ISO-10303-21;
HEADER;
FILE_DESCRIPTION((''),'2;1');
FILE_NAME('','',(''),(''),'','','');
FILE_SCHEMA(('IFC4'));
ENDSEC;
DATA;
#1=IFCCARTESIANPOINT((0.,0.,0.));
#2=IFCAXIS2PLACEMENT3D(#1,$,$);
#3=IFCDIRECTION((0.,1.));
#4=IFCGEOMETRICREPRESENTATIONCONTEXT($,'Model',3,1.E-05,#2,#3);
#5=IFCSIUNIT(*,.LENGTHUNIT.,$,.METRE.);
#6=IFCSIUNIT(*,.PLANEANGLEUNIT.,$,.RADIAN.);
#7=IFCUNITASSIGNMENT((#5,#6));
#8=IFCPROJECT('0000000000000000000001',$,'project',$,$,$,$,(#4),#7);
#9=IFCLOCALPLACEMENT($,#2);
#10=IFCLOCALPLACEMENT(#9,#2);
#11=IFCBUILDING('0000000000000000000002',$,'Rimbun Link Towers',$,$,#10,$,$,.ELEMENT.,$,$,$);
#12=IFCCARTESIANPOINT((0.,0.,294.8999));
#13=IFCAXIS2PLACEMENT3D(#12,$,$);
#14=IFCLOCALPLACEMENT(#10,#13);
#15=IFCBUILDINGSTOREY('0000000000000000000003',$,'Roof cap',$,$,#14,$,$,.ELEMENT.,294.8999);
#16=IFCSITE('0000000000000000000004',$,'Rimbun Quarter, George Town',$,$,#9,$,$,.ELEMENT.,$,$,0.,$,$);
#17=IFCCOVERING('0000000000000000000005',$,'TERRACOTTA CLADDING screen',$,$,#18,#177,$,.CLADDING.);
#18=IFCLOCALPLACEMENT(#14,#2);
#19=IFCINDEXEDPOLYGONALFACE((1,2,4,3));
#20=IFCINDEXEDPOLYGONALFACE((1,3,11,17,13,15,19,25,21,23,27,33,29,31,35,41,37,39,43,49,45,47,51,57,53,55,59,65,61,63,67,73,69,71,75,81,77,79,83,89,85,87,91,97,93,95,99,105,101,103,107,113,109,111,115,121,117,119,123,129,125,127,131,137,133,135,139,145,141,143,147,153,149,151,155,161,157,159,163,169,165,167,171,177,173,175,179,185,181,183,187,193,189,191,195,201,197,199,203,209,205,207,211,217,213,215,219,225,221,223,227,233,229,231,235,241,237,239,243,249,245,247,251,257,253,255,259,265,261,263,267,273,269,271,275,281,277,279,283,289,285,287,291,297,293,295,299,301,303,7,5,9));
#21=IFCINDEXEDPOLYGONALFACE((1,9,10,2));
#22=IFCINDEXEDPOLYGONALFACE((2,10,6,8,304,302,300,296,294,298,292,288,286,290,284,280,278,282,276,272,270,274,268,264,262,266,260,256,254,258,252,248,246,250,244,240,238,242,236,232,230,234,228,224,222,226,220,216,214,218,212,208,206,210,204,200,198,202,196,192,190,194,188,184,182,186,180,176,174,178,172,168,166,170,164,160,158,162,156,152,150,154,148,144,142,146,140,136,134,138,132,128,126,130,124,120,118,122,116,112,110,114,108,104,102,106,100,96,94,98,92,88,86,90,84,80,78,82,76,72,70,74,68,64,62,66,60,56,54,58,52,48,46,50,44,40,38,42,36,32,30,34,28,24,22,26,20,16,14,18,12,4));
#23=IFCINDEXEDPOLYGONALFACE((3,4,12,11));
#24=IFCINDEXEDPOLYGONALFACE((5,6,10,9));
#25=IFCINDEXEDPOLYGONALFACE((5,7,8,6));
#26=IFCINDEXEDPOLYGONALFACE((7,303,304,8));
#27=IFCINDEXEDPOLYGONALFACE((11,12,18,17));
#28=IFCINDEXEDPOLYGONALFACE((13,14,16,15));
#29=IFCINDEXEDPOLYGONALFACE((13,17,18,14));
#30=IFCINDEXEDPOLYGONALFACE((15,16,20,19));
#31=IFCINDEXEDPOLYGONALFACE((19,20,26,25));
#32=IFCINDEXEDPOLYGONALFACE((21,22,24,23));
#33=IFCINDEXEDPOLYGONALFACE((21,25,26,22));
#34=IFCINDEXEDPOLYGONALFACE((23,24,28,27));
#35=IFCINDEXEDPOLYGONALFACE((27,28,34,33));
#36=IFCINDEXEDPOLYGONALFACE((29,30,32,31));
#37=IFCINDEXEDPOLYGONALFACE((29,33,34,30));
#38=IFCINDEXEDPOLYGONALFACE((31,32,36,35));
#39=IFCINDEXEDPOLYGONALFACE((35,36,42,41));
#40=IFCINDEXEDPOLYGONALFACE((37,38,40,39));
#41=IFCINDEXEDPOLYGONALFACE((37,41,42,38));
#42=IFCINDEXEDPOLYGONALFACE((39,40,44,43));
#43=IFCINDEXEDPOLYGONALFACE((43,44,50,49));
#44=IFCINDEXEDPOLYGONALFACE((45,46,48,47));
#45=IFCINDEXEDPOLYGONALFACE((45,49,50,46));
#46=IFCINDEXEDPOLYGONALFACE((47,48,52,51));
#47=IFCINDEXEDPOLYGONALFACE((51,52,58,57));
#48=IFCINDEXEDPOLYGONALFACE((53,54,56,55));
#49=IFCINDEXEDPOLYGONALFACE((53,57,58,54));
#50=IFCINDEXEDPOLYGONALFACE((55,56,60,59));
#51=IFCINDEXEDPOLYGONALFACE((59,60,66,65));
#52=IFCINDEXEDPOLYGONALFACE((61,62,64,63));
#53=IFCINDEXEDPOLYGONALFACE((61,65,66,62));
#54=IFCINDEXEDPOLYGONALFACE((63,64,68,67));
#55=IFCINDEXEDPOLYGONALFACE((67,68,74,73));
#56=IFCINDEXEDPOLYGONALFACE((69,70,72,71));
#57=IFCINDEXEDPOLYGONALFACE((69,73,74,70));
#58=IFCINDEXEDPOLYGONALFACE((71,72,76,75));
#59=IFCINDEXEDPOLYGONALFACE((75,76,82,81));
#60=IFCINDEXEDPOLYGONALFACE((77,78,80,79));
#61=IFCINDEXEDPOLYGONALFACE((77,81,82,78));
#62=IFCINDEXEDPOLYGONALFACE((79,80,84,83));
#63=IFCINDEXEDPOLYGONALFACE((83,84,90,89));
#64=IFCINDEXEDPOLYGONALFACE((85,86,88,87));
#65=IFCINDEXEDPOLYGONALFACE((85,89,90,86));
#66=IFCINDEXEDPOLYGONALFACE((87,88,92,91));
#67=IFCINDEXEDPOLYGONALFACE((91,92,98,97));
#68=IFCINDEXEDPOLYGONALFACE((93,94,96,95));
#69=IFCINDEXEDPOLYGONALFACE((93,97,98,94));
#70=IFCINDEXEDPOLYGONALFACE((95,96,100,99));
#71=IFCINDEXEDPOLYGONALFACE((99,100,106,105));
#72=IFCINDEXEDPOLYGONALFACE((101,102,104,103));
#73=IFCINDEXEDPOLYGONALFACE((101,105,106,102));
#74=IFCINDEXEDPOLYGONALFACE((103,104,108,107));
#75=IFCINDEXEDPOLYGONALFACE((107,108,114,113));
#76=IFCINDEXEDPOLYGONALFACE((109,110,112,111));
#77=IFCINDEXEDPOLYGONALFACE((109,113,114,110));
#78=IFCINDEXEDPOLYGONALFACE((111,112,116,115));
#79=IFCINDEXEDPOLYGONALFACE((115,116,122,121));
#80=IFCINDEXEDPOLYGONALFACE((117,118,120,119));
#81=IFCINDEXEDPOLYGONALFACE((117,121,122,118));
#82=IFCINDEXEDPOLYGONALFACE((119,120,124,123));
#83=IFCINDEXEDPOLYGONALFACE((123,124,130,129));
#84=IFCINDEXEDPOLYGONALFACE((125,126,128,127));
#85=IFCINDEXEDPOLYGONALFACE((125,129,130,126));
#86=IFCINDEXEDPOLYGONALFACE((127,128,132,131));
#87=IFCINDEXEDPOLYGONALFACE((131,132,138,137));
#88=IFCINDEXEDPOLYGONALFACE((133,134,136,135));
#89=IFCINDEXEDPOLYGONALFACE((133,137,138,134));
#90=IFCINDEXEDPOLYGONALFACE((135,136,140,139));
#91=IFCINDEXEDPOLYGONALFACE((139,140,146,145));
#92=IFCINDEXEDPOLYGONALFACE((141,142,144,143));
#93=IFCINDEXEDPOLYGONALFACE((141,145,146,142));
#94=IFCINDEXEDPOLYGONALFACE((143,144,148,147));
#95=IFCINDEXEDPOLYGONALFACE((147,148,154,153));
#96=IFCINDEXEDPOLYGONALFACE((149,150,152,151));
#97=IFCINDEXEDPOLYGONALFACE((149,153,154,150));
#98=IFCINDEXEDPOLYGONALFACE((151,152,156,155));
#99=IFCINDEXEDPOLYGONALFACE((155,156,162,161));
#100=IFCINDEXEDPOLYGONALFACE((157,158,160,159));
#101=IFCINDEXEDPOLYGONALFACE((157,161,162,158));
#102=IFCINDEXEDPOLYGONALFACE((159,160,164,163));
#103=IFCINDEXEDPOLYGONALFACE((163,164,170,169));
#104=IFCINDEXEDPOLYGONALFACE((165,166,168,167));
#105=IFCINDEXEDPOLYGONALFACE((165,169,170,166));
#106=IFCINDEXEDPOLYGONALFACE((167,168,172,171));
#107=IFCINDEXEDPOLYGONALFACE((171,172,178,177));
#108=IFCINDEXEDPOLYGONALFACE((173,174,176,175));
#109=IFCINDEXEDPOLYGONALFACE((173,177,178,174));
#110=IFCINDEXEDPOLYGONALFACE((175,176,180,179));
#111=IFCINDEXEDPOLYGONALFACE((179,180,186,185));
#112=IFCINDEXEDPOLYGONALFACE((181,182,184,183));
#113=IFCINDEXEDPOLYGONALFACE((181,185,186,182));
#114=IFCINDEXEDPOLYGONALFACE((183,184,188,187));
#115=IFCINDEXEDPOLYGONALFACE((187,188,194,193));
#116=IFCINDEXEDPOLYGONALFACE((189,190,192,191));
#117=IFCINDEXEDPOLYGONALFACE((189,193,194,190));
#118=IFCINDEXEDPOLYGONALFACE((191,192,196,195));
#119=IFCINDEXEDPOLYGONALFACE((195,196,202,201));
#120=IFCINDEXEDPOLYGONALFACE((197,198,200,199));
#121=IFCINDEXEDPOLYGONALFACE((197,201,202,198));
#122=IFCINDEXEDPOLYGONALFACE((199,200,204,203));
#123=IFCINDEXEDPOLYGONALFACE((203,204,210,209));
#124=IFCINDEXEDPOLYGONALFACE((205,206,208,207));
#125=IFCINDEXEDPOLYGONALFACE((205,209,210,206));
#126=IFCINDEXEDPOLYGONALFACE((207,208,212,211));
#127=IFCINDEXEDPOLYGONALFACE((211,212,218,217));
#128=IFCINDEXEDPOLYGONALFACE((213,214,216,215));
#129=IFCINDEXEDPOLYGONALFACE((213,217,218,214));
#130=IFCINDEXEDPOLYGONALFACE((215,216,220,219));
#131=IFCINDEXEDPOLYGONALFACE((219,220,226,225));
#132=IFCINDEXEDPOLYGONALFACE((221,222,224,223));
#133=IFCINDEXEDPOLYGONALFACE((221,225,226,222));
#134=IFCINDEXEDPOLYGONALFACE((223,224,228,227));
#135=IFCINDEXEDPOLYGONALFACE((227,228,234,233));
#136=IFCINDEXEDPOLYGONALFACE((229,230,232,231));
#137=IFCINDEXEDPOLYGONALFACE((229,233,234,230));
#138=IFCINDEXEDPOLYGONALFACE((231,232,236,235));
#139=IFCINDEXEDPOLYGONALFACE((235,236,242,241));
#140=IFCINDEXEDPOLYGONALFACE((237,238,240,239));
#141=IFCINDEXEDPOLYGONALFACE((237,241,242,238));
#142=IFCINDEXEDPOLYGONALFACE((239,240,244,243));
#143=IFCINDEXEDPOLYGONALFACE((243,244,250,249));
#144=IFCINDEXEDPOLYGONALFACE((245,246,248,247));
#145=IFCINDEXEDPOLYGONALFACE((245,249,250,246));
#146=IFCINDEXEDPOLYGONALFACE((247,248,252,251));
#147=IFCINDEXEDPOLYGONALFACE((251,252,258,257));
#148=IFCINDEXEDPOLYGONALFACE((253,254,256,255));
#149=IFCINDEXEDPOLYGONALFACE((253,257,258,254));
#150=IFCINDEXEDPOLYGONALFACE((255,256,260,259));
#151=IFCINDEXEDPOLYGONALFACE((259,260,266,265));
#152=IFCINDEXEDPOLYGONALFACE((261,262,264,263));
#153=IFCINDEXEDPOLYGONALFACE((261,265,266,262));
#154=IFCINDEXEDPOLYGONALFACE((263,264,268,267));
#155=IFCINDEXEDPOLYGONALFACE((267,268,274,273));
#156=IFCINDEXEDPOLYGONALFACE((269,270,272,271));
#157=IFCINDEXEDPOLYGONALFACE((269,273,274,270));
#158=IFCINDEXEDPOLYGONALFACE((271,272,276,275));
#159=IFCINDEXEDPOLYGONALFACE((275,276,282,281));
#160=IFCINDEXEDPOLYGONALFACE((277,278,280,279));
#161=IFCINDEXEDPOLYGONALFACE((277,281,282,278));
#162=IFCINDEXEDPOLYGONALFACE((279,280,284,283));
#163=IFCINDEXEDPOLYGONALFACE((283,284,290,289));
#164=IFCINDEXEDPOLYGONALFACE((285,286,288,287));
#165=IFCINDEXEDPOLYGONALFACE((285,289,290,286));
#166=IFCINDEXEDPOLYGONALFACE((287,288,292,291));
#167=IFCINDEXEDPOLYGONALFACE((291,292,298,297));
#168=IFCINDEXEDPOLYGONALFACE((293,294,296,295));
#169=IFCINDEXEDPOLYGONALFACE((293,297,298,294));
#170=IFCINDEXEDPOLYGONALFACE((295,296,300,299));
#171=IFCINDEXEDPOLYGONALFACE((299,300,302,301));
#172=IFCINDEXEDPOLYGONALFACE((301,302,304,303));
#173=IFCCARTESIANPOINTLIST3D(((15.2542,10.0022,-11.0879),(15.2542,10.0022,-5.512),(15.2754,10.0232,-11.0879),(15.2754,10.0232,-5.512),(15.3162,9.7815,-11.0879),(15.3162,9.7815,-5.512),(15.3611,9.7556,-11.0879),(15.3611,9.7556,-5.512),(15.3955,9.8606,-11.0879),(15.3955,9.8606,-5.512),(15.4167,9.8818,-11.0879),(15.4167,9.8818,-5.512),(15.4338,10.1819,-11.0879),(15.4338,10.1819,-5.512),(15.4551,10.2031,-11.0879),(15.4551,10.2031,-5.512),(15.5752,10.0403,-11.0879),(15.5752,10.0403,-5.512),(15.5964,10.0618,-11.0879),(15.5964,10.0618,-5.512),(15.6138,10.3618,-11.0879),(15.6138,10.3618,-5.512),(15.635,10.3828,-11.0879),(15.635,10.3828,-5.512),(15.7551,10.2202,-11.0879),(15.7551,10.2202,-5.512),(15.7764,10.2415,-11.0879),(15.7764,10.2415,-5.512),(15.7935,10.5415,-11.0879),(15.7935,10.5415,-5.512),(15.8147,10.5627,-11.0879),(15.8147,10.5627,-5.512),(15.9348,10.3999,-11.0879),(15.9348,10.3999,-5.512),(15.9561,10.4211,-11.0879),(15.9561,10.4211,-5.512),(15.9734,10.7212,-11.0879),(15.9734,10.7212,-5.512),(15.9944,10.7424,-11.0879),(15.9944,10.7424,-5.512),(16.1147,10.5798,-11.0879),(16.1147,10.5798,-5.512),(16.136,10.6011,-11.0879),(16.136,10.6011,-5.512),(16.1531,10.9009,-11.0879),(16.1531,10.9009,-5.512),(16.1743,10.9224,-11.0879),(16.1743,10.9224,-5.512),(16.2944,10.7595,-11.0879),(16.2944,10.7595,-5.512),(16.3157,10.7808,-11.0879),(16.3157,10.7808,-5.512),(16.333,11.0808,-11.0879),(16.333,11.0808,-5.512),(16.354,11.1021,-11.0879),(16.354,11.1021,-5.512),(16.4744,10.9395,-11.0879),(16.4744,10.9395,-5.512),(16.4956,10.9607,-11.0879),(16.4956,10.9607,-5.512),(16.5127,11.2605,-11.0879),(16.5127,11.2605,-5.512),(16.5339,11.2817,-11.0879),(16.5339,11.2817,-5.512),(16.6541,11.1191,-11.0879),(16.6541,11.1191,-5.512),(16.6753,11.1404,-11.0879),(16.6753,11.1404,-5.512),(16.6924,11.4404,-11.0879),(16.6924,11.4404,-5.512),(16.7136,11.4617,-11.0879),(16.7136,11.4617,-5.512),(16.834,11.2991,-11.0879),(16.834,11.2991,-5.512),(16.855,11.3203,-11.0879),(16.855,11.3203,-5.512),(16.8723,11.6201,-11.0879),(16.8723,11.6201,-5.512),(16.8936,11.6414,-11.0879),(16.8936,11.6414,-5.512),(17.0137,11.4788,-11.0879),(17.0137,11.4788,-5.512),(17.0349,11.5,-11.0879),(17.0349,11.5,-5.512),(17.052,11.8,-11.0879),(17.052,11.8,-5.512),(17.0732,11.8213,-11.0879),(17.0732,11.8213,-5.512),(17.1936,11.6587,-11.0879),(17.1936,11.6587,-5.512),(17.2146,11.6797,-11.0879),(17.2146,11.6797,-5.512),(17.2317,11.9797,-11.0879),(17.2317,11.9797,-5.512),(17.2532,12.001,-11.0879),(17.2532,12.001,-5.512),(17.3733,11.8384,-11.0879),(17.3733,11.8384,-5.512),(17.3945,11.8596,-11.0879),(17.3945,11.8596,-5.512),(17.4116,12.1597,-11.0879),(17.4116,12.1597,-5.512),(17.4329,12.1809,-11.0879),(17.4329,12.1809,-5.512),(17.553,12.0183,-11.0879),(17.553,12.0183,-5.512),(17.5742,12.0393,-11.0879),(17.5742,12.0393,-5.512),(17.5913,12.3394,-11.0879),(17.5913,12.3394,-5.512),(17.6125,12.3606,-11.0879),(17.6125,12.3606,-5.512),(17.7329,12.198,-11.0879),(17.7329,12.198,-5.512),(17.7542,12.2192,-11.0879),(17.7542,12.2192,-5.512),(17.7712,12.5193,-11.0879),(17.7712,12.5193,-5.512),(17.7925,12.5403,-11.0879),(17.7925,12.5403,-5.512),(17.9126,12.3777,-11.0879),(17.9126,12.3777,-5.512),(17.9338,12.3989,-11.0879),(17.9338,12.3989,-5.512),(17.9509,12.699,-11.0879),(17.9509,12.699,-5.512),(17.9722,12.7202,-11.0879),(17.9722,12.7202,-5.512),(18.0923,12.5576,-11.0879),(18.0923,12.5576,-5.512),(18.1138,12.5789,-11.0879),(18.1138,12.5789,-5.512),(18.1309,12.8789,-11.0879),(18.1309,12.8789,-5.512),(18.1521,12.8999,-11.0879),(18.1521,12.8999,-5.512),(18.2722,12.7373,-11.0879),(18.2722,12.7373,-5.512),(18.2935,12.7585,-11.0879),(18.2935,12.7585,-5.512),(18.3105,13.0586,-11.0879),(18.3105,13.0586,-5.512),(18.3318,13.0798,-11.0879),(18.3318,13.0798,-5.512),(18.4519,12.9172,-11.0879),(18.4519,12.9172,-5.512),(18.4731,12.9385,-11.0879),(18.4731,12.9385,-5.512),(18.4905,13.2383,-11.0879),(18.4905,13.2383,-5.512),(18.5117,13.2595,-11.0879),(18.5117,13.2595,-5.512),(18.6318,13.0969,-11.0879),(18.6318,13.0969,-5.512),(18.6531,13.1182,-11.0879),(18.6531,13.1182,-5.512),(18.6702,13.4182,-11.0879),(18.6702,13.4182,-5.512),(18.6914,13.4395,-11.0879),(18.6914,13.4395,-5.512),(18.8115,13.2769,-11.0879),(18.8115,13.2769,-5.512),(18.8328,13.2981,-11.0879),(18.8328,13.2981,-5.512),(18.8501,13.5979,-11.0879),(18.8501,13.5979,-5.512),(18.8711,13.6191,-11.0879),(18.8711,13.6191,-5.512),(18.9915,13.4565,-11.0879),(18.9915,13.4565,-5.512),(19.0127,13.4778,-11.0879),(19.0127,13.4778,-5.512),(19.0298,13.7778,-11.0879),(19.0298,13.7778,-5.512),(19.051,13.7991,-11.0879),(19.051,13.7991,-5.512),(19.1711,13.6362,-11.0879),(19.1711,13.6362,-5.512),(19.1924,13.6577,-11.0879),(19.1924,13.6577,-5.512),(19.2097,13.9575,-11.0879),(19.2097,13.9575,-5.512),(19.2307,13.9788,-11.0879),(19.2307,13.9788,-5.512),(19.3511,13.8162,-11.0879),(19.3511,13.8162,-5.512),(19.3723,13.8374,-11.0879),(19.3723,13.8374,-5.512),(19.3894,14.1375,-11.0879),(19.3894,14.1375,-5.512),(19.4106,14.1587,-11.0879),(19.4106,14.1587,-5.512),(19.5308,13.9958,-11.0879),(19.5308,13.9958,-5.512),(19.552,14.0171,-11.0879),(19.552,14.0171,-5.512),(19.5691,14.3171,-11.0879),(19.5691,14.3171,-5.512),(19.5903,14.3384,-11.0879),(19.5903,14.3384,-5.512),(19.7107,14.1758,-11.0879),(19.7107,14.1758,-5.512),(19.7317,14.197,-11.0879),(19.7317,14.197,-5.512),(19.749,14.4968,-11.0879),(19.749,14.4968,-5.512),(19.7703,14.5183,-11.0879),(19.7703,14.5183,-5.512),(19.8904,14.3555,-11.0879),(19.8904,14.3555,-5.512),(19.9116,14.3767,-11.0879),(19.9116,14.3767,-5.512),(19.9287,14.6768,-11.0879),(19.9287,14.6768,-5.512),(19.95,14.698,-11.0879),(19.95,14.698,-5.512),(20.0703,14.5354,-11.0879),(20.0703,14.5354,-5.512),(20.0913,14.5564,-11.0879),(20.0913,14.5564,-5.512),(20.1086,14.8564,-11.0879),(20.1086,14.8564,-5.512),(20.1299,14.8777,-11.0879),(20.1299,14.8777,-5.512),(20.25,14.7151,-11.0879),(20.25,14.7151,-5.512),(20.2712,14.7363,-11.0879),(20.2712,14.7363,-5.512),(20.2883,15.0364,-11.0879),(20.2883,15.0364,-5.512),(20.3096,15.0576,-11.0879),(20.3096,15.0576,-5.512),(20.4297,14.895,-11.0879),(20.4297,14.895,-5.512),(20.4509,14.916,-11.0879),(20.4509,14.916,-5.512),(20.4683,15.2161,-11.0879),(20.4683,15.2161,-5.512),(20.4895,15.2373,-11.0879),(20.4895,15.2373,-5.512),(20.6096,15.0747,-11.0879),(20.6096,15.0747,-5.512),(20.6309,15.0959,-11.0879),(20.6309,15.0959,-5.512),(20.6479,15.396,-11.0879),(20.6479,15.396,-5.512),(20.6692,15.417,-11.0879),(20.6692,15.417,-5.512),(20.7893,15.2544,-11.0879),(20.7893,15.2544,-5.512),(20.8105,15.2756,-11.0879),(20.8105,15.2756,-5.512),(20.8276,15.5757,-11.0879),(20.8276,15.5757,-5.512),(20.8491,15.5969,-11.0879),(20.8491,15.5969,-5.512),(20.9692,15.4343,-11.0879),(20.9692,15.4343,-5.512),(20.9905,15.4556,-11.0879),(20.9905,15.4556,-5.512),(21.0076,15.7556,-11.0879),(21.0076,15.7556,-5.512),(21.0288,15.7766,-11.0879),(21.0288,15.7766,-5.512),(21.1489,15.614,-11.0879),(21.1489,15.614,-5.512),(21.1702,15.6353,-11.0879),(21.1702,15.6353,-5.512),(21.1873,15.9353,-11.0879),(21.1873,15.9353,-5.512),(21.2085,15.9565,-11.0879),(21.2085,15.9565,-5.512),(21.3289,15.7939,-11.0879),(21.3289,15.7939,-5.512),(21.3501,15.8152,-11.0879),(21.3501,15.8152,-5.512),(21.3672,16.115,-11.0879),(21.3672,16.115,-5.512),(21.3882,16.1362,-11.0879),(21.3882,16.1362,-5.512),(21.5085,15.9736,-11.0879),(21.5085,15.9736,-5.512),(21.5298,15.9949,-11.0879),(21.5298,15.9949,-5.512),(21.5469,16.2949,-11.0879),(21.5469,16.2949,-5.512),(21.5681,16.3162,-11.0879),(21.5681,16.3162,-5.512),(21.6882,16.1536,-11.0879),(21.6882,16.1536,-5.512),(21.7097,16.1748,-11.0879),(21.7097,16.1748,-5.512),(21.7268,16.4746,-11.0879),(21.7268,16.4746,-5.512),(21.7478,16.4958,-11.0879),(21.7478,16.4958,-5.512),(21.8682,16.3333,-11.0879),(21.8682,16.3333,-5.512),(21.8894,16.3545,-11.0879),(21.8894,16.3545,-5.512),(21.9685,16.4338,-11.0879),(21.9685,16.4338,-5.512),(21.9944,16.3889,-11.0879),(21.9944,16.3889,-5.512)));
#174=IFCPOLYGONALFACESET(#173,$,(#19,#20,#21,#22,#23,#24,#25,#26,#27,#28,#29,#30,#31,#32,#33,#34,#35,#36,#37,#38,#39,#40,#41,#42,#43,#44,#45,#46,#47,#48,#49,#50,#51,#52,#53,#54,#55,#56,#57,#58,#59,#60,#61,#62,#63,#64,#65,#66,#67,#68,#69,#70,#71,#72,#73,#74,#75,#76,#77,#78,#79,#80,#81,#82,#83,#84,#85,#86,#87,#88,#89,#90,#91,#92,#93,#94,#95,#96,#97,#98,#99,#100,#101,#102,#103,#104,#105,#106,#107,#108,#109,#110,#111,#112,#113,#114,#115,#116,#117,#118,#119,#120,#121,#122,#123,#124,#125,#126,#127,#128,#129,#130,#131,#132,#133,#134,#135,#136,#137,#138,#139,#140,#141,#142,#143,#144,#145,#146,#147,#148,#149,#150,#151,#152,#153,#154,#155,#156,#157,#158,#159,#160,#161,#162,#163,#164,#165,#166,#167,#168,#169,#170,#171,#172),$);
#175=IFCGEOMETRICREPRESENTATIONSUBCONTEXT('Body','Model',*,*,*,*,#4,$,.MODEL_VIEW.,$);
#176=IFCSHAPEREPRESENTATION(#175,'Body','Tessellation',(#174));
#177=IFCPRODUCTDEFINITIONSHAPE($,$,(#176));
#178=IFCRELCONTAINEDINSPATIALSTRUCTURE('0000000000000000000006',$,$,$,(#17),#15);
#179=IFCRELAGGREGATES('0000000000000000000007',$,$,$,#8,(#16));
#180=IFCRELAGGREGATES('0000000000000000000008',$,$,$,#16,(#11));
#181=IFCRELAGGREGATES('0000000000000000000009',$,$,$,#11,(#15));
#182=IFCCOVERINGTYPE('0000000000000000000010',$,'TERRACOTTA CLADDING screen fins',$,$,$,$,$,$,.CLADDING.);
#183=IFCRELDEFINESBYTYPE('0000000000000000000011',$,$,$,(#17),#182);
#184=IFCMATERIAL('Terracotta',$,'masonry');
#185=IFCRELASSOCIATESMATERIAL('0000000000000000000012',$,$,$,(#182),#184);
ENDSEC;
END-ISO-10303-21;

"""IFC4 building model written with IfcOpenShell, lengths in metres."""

from ifc_helpers import new_model, si_unit, direction, frame, origin, place, context, subcontext, project, spatial, polyline, outline, extrude, material, type_object, element, save


model = new_model("IFC4")

# Units and contexts
model_context = context("Model", 3, precision=1e-05, world=origin(), true_north=direction((0.0, 1.0)))
body_context = subcontext(model_context, "Body", "Model", "MODEL_VIEW")
ifc_project = project(units=[si_unit("LENGTHUNIT", "METRE"), si_unit("PLANEANGLEUNIT", "RADIAN")], contexts=[model_context])

# Site, building, storey
site_placement = place(None, origin())
site = spatial("IfcSite", under=ifc_project, at=site_placement, Name="Rimbun Quarter, George Town", CompositionType="ELEMENT", RefElevation=0.0)
building_placement = place(site_placement, origin())
building = spatial("IfcBuilding", under=site, at=building_placement, Name="Rimbun Link Towers", CompositionType="ELEMENT")
storey_placement = place(building_placement, frame((0.0, 0.0, 294.8999)))
storey = spatial("IfcBuildingStorey", under=building, at=storey_placement, Name="Roof cap", CompositionType="ELEMENT", Elevation=294.8999)

# Covering
ifc_material_1 = material(Name="Terracotta", Category="masonry")
covering_type_1 = type_object("IfcCoveringType", Name="TERRACOTTA CLADDING screen fins", PredefinedType="CLADDING", material=ifc_material_1)
covering_1_placement = place(storey_placement, frame((0.0, 0.0, -11.0879)))
element("IfcCovering", 1, at=covering_1_placement, inside=storey, type_object=covering_type_1, Name="TERRACOTTA CLADDING screen", PredefinedType="CLADDING", context=body_context, shape_type="SweptSolid", body=[
    extrude(outline(polyline([(21.9685, 16.4338), (21.8894, 16.3545), (21.7478, 16.4958), (21.7268, 16.4746), (21.8682, 16.3333), (21.7097, 16.1748), (21.5681, 16.3162), (21.5469, 16.2949), (21.6882, 16.1536), (21.5298, 15.9949), (21.3882, 16.1362), (21.3672, 16.115), (21.5085, 15.9736), (21.3501, 15.8152), (21.2085, 15.9565), (21.1873, 15.9353), (21.3289, 15.7939), (21.1702, 15.6353), (21.0288, 15.7766), (21.0076, 15.7556), (21.1489, 15.614), (20.9905, 15.4556), (20.8491, 15.5969), (20.8276, 15.5757), (20.9692, 15.4343), (20.8105, 15.2756), (20.6692, 15.417), (20.6479, 15.396), (20.7893, 15.2544), (20.6309, 15.0959), (20.4895, 15.2373), (20.4683, 15.2161), (20.6096, 15.0747), (20.4509, 14.916), (20.3096, 15.0576), (20.2883, 15.0364), (20.4297, 14.895), (20.2712, 14.7363), (20.1299, 14.8777), (20.1086, 14.8564), (20.25, 14.7151), (20.0913, 14.5564), (19.95, 14.698), (19.9287, 14.6768), (20.0703, 14.5354), (19.9116, 14.3767), (19.7703, 14.5183), (19.749, 14.4968), (19.8904, 14.3555), (19.7317, 14.197), (19.5903, 14.3384), (19.5691, 14.3171), (19.7107, 14.1758), (19.552, 14.0171), (19.4106, 14.1587), (19.3894, 14.1375), (19.5308, 13.9958), (19.3723, 13.8374), (19.2307, 13.9788), (19.2097, 13.9575), (19.3511, 13.8162), (19.1924, 13.6577), (19.051, 13.7991), (19.0298, 13.7778), (19.1711, 13.6362), (19.0127, 13.4778), (18.8711, 13.6191), (18.8501, 13.5979), (18.9915, 13.4565), (18.8328, 13.2981), (18.6914, 13.4395), (18.6702, 13.4182), (18.8115, 13.2769), (18.6531, 13.1182), (18.5117, 13.2595), (18.4905, 13.2383), (18.6318, 13.0969), (18.4731, 12.9385), (18.3318, 13.0798), (18.3105, 13.0586), (18.4519, 12.9172), (18.2935, 12.7585), (18.1521, 12.8999), (18.1309, 12.8789), (18.2722, 12.7373), (18.1138, 12.5789), (17.9722, 12.7202), (17.9509, 12.699), (18.0923, 12.5576), (17.9338, 12.3989), (17.7925, 12.5403), (17.7712, 12.5193), (17.9126, 12.3777), (17.7542, 12.2192), (17.6125, 12.3606), (17.5913, 12.3394), (17.7329, 12.198), (17.5742, 12.0393), (17.4329, 12.1809), (17.4116, 12.1597), (17.553, 12.0183), (17.3945, 11.8596), (17.2532, 12.001), (17.2317, 11.9797), (17.3733, 11.8384), (17.2146, 11.6797), (17.0732, 11.8213), (17.052, 11.8), (17.1936, 11.6587), (17.0349, 11.5), (16.8936, 11.6414), (16.8723, 11.6201), (17.0137, 11.4788), (16.855, 11.3203), (16.7136, 11.4617), (16.6924, 11.4404), (16.834, 11.2991), (16.6753, 11.1404), (16.5339, 11.2817), (16.5127, 11.2605), (16.6541, 11.1191), (16.4956, 10.9607), (16.354, 11.1021), (16.333, 11.0808), (16.4744, 10.9395), (16.3157, 10.7808), (16.1743, 10.9224), (16.1531, 10.9009), (16.2944, 10.7595), (16.136, 10.6011), (15.9944, 10.7424), (15.9734, 10.7212), (16.1147, 10.5798), (15.9561, 10.4211), (15.8147, 10.5627), (15.7935, 10.5415), (15.9348, 10.3999), (15.7764, 10.2415), (15.635, 10.3828), (15.6138, 10.3618), (15.7551, 10.2202), (15.5964, 10.0618), (15.4551, 10.2031), (15.4338, 10.1819), (15.5752, 10.0403), (15.4167, 9.8818), (15.2754, 10.0232), (15.2542, 10.0022), (15.3955, 9.8606), (15.3162, 9.7815), (15.3611, 9.7556), (21.9944, 16.3889), (21.9685, 16.4338)])), origin(), (0.0, 0.0, 1.0), 5.5759),
])

save(model, "model.ifc")
